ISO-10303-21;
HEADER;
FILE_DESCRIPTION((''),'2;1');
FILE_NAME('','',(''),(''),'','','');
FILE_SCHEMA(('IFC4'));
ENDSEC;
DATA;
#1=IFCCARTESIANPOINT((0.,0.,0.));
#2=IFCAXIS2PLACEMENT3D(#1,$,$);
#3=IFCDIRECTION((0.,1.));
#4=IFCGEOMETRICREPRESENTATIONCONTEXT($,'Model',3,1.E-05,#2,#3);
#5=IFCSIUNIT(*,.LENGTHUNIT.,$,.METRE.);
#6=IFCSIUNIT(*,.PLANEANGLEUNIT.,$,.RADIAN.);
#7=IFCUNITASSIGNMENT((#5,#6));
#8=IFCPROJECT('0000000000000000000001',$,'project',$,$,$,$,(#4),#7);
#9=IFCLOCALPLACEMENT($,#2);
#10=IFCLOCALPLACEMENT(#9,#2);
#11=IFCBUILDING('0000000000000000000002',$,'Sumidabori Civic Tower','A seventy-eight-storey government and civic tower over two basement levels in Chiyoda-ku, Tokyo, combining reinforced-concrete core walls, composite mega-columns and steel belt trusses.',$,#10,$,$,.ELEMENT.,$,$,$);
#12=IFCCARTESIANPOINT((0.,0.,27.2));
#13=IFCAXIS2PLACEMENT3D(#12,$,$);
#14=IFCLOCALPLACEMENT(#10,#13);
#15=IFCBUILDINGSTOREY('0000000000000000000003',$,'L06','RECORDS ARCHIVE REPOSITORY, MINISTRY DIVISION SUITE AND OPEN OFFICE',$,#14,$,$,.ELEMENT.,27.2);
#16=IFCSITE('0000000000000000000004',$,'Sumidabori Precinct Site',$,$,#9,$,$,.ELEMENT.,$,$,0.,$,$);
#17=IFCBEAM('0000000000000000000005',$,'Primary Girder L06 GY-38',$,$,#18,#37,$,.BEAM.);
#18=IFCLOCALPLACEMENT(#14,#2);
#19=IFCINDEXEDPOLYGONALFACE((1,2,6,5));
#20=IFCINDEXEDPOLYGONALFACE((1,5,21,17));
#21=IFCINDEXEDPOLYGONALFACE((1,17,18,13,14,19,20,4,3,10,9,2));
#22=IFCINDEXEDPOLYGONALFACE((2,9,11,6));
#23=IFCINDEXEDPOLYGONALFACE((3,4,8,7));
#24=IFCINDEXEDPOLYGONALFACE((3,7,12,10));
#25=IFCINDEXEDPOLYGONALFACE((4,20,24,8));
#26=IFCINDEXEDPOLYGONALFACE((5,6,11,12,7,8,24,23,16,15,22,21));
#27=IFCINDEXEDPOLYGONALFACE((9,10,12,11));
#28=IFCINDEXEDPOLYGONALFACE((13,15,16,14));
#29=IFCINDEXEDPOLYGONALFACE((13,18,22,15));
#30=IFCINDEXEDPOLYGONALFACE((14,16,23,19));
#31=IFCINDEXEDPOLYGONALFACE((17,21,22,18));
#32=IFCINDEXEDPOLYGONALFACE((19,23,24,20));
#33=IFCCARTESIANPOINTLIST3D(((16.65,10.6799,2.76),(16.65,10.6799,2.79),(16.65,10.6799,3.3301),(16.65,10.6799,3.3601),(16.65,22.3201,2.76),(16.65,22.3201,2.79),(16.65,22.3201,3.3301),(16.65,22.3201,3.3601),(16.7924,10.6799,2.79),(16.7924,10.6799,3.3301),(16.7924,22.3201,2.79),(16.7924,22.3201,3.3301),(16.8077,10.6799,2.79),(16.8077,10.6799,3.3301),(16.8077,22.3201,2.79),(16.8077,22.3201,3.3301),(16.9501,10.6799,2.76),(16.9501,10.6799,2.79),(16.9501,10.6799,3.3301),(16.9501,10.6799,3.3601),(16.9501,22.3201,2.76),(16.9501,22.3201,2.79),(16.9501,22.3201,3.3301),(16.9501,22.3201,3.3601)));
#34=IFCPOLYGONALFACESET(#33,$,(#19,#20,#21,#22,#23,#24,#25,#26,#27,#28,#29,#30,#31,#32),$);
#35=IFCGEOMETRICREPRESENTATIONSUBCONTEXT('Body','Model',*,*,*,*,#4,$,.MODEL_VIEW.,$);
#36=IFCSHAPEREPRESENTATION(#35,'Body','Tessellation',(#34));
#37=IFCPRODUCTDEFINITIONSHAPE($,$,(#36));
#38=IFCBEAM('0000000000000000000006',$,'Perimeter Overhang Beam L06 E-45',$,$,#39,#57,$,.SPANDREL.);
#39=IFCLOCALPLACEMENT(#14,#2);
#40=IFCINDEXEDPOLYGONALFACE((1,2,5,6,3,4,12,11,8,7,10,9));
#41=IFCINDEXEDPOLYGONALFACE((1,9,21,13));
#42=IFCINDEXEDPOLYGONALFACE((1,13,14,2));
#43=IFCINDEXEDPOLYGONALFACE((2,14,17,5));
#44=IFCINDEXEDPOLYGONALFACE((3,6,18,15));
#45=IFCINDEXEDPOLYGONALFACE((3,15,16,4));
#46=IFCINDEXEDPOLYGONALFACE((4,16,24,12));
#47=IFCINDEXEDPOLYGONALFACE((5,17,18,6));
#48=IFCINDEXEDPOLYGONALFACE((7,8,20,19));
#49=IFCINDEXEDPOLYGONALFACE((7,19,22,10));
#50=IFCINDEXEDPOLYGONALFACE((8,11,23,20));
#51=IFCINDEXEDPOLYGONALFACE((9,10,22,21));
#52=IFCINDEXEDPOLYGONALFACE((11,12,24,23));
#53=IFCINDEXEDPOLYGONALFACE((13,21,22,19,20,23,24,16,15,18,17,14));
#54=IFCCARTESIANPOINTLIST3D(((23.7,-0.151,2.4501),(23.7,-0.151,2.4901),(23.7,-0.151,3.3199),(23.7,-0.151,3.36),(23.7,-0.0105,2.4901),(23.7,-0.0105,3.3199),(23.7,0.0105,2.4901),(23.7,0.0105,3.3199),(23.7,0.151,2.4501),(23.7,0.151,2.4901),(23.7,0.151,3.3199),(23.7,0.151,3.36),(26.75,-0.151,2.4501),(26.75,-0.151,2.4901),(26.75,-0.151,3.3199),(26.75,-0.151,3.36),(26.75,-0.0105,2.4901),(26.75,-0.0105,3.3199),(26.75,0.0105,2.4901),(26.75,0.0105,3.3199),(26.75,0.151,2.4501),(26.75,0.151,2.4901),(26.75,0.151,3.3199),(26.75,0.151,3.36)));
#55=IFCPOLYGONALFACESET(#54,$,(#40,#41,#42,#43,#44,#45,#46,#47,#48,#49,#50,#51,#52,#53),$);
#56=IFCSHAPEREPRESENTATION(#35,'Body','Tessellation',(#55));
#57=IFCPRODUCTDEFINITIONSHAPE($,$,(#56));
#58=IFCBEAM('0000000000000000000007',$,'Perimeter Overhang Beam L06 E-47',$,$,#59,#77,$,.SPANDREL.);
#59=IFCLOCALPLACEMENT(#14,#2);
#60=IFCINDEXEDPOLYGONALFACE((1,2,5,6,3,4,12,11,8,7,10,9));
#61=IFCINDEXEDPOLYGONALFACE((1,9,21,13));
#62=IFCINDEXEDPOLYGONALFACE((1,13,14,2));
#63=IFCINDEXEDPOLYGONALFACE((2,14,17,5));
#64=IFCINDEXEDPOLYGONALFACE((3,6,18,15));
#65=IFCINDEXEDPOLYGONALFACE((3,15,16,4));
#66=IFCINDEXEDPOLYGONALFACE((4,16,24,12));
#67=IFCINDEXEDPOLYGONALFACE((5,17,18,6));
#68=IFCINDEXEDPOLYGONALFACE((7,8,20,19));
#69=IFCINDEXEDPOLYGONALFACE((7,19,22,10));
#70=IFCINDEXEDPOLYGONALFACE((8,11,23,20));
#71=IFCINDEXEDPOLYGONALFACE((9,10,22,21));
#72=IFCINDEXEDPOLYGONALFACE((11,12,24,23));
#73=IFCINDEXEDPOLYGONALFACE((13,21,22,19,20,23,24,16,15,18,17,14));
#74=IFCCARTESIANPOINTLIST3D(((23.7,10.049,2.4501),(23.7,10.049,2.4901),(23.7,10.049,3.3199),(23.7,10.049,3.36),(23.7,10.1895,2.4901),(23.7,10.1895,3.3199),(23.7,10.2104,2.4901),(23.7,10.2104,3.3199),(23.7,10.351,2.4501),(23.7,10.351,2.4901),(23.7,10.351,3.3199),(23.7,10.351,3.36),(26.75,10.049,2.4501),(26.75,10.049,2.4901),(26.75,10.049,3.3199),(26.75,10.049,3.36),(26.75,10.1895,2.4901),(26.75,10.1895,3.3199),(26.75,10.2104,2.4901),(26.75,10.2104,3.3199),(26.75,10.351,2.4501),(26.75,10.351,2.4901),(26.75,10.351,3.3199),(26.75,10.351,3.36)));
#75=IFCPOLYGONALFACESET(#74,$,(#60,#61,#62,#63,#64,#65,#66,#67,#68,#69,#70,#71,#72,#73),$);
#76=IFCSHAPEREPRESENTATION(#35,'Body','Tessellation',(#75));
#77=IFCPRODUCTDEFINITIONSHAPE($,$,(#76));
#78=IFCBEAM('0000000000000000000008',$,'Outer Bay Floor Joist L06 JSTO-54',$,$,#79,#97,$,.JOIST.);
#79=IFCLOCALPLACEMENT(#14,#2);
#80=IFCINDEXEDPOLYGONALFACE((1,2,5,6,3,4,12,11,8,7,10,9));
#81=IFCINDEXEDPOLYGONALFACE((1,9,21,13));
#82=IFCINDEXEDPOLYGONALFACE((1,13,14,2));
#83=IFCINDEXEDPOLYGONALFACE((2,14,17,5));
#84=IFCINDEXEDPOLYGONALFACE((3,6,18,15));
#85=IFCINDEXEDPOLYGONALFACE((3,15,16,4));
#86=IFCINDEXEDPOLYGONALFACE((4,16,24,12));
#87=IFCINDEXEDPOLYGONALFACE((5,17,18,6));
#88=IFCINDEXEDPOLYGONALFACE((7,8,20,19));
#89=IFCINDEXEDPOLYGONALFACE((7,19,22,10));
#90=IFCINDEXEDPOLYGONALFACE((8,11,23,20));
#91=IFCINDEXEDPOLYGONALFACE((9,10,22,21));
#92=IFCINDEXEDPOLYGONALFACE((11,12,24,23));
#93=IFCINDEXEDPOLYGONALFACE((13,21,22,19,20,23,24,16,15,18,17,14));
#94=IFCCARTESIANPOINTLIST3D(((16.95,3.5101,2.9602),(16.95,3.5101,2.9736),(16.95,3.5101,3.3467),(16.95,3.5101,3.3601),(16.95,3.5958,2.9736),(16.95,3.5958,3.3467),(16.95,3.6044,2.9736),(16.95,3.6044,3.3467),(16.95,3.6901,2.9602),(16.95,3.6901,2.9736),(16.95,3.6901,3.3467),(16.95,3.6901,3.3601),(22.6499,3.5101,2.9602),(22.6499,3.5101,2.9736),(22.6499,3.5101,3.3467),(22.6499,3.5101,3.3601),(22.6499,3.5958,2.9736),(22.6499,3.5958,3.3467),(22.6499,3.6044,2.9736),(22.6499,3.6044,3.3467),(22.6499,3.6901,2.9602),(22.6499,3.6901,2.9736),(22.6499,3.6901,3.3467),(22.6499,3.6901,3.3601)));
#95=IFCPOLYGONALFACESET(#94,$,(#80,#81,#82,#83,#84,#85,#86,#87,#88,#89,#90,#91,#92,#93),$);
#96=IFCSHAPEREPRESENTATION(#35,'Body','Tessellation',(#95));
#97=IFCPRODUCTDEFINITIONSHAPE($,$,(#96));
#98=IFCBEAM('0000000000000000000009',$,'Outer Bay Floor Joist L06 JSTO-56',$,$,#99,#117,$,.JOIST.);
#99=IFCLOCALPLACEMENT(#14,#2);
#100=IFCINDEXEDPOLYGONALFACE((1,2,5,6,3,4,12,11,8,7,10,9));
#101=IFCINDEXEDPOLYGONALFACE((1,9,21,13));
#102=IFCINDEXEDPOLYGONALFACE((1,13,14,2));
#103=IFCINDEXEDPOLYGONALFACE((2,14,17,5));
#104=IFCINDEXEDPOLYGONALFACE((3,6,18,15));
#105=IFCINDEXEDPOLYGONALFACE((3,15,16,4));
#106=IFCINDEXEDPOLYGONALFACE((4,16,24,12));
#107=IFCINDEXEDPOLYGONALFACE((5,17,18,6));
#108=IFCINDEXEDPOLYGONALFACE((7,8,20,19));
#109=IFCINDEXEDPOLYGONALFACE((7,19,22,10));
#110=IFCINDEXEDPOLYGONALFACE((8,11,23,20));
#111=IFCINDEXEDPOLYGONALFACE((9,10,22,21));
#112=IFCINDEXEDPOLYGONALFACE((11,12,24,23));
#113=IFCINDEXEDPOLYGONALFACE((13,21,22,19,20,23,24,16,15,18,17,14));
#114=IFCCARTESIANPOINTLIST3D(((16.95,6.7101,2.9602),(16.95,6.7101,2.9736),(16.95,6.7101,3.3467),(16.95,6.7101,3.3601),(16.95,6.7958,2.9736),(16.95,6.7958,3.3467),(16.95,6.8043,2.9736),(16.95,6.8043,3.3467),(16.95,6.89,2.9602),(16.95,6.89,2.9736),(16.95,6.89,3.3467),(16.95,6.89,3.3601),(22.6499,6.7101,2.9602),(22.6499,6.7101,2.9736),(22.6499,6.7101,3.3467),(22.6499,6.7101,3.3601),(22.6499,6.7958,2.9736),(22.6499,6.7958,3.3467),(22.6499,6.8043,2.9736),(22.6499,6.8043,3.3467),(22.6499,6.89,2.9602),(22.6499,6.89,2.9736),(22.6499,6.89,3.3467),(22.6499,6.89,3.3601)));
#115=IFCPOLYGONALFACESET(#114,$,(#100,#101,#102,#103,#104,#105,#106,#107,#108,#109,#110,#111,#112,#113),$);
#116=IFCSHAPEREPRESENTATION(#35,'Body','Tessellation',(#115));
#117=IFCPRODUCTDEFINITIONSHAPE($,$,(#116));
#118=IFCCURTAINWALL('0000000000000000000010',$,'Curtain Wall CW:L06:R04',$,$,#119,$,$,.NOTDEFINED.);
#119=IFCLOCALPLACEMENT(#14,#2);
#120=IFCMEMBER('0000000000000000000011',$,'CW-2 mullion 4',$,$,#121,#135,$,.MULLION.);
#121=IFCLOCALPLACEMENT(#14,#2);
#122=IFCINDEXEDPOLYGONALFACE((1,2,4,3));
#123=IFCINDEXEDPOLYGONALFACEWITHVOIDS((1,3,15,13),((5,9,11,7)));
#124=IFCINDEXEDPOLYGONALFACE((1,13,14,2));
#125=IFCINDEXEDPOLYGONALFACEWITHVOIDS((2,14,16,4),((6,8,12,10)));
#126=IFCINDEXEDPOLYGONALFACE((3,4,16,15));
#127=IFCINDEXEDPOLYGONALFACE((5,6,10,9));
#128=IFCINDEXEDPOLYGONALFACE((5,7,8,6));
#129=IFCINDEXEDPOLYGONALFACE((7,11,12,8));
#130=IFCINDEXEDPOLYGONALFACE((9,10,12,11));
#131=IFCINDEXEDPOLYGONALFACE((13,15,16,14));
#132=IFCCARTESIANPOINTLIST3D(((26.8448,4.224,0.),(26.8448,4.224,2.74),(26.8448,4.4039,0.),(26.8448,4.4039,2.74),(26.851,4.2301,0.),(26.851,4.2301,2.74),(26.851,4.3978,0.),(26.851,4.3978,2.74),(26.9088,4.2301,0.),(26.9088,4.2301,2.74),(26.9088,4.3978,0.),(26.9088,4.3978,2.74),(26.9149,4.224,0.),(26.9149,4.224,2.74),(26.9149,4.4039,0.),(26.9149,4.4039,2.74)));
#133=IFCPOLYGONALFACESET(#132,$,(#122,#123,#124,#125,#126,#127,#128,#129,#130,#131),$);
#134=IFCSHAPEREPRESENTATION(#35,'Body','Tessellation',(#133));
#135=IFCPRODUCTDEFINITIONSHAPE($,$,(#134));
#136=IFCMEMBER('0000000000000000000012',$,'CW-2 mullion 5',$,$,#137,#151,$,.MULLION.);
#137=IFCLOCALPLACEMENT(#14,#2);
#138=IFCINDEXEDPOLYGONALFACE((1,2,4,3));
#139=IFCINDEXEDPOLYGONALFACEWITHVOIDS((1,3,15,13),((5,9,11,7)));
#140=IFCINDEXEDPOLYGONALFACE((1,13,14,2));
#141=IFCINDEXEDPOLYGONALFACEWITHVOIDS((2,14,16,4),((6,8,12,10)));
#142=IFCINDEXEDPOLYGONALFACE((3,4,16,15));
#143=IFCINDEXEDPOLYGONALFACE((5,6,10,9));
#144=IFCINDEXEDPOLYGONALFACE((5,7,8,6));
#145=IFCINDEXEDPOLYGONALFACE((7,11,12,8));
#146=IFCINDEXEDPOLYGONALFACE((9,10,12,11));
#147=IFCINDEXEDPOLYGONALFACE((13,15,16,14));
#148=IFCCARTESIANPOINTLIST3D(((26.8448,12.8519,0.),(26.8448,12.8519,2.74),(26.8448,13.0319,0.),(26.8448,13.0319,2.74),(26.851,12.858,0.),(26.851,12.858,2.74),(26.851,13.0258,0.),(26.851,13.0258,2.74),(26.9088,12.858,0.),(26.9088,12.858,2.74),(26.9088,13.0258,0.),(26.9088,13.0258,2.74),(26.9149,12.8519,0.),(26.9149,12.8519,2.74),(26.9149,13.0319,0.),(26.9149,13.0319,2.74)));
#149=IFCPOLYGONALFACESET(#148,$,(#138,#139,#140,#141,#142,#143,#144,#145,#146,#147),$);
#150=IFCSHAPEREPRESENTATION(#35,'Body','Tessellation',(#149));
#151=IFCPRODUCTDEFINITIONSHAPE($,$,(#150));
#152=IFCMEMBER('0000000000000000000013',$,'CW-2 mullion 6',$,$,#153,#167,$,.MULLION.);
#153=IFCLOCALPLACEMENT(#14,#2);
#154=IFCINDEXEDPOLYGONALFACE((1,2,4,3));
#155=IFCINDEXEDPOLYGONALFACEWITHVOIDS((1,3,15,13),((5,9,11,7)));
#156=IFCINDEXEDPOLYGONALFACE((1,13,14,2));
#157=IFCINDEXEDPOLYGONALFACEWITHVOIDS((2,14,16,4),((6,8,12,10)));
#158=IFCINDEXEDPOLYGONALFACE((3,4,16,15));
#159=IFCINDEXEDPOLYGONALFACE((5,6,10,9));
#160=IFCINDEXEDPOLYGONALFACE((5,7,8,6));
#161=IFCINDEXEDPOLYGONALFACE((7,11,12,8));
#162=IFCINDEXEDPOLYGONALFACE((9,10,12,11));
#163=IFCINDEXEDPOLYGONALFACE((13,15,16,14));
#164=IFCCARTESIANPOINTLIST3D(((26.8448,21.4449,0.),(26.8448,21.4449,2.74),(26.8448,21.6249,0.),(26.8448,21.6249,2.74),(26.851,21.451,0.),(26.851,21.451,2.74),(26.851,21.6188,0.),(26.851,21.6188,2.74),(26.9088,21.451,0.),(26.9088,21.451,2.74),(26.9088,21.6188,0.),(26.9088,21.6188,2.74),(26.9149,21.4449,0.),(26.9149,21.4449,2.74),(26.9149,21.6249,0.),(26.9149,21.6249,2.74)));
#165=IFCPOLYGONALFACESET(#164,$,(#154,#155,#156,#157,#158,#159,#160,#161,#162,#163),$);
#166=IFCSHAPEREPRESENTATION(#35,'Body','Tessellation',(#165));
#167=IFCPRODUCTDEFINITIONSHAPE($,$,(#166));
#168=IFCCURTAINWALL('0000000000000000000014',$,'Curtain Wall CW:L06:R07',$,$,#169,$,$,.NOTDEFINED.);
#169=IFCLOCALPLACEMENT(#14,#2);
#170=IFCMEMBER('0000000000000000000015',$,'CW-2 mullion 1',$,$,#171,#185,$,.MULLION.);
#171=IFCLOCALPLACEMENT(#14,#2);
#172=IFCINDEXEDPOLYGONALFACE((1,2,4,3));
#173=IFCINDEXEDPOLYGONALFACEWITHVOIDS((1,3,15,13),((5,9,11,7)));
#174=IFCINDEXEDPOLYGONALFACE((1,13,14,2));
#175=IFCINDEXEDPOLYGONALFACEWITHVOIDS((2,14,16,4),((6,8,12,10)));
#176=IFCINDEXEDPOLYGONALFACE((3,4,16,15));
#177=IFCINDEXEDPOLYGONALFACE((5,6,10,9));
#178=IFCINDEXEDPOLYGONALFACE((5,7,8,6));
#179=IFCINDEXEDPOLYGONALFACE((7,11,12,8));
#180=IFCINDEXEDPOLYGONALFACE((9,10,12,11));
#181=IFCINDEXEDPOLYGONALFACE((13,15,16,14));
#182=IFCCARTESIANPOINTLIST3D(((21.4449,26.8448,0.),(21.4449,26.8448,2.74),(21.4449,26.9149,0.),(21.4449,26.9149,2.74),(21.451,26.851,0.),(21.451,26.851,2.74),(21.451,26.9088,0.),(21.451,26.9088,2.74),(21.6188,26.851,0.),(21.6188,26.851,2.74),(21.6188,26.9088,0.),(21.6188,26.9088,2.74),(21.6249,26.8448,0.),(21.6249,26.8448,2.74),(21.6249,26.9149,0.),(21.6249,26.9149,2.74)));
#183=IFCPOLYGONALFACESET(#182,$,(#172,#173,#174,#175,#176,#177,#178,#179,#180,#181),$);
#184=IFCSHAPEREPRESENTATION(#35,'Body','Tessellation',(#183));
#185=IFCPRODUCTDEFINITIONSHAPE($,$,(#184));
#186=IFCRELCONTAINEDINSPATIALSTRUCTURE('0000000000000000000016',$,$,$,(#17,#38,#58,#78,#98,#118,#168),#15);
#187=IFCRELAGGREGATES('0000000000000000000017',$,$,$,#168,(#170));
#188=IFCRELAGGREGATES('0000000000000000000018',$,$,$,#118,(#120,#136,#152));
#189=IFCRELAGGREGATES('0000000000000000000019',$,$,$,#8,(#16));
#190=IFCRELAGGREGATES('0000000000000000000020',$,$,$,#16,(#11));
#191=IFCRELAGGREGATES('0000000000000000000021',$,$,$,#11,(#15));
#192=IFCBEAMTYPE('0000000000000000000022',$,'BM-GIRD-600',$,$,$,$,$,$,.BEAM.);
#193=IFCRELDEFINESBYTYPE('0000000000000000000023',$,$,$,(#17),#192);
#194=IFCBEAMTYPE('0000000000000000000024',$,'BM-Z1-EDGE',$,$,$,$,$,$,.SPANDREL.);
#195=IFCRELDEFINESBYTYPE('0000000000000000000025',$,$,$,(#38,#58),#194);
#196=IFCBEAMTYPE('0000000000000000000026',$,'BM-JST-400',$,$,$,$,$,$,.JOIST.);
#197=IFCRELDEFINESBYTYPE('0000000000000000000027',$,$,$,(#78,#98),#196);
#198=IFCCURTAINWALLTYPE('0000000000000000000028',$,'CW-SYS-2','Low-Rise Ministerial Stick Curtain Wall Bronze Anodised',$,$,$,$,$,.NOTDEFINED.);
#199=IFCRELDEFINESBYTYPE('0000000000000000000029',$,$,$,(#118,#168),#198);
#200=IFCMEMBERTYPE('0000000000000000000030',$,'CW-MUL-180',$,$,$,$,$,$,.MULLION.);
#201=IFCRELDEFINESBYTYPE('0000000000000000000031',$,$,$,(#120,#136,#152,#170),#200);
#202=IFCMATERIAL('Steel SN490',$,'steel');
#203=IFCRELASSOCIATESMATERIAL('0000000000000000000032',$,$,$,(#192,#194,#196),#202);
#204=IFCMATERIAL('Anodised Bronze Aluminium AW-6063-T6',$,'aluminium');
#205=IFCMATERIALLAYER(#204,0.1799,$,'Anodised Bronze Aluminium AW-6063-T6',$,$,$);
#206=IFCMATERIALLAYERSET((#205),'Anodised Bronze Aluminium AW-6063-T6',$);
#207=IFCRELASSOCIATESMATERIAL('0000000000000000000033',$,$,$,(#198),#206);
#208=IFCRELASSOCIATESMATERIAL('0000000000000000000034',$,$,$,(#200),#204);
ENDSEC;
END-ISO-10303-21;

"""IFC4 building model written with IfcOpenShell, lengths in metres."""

from ifc_helpers import new_model, si_unit, direction, frame, origin, origin_2d, place, context, subcontext, project, spatial, hollow_rectangle, i_section, extrude, source, transform, mapped, material, layer, layer_set, material_profile, profile_set, type_object, element, aggregate, save


model = new_model("IFC4")

# Units and contexts
model_context = context("Model", 3, precision=1e-05, world=origin(), true_north=direction((0.0, 1.0)))
body_context = subcontext(model_context, "Body", "Model", "MODEL_VIEW")
ifc_project = project(units=[si_unit("LENGTHUNIT", "METRE"), si_unit("PLANEANGLEUNIT", "RADIAN")], contexts=[model_context])

# Site, building, storey
site_placement = place(None, origin())
site = spatial("IfcSite", under=ifc_project, at=site_placement, Name="Sumidabori Precinct Site", CompositionType="ELEMENT", RefElevation=0.0)
building_placement = place(site_placement, origin())
building = spatial("IfcBuilding", under=site, at=building_placement, Name="Sumidabori Civic Tower", Description="A seventy-eight-storey government and civic tower over two basement levels in Chiyoda-ku, Tokyo, combining reinforced-concrete core walls, composite mega-columns and steel belt trusses.", CompositionType="ELEMENT")
storey_placement = place(building_placement, frame((0.0, 0.0, 27.2)))
storey = spatial("IfcBuildingStorey", under=building, at=storey_placement, Name="L06", Description="RECORDS ARCHIVE REPOSITORY, MINISTRY DIVISION SUITE AND OPEN OFFICE", CompositionType="ELEMENT", Elevation=27.2)

# Beams
ifc_material_1 = material(Name="Steel SN490", Category="steel")
ifc_material_profile_1 = material_profile(ifc_material_1, i_section(OverallWidth=0.3, OverallDepth=0.6001, WebThickness=0.0154, FlangeThickness=0.03, at=origin_2d()), Name="HE 600 B")
ifc_profile_set_1 = profile_set([ifc_material_profile_1], Name="Steel SN490")
beam_type_1 = type_object("IfcBeamType", Name="BM-GIRD-600", PredefinedType="BEAM", material=ifc_profile_set_1)
shared_shape_1 = source(origin(), body_context, "Body", "SweptSolid", [
    extrude(i_section(OverallWidth=0.3, OverallDepth=0.6001, WebThickness=0.0154, FlangeThickness=0.03, at=origin_2d()), origin(), (0.0, 0.0, 1.0), 11.6401),
])
beam_1_placement = place(storey_placement, frame((16.8, 10.6799, 3.0601), z_axis=(0.0, 1.0, 0.0), x_axis=(-1.0, 0.0, 0.0)))
element("IfcBeam", 1, at=beam_1_placement, inside=storey, type_object=beam_type_1, Name="Primary Girder L06 GY-38", PredefinedType="BEAM", context=body_context, shape_type="MappedRepresentation", body=[
    mapped(shared_shape_1, transform((0.0, 0.0, 0.0), x_axis=(1.0, 0.0, 0.0), y_axis=(0.0, 1.0, 0.0), z_axis=(0.0, 0.0, 1.0), scale=1.0)),
])
ifc_material_profile_2 = material_profile(ifc_material_1, i_section(OverallWidth=0.302, OverallDepth=0.9099, WebThickness=0.021, FlangeThickness=0.04, at=origin_2d()), Name="HE 900 M")
ifc_profile_set_2 = profile_set([ifc_material_profile_2], Name="Steel SN490")
beam_type_2 = type_object("IfcBeamType", Name="BM-Z1-EDGE", PredefinedType="SPANDREL", material=ifc_profile_set_2)
shared_shape_2 = source(origin(), body_context, "Body", "SweptSolid", [
    extrude(i_section(OverallWidth=0.302, OverallDepth=0.9099, WebThickness=0.021, FlangeThickness=0.04, at=origin_2d()), origin(), (0.0, 0.0, 1.0), 3.05),
])
for number, where, z_axis, x_axis, name in (
    (2, (23.7, 0.0, 2.905), (1.0, 0.0, 0.0), (0.0, 1.0, 0.0), "Perimeter Overhang Beam L06 E-45"),
    (3, (23.7, 10.2, 2.905), (1.0, 0.0, 0.0), (0.0, 1.0, 0.0), "Perimeter Overhang Beam L06 E-47"),
):
    element("IfcBeam", number, at=place(storey_placement, frame(where, z_axis=z_axis, x_axis=x_axis)), inside=storey, type_object=beam_type_2, Name=name, PredefinedType="SPANDREL", context=body_context, shape_type="MappedRepresentation", body=[
        mapped(shared_shape_2, transform((0.0, 0.0, 0.0), x_axis=(1.0, 0.0, 0.0), y_axis=(0.0, 1.0, 0.0), z_axis=(0.0, 0.0, 1.0), scale=1.0)),
    ])
ifc_material_profile_3 = material_profile(ifc_material_1, i_section(OverallWidth=0.1799, OverallDepth=0.3999, WebThickness=0.0085, FlangeThickness=0.0134, at=origin_2d()), Name="IPE 400")
ifc_profile_set_3 = profile_set([ifc_material_profile_3], Name="Steel SN490")
beam_type_3 = type_object("IfcBeamType", Name="BM-JST-400", PredefinedType="JOIST", material=ifc_profile_set_3)
shared_shape_3 = source(origin(), body_context, "Body", "SweptSolid", [
    extrude(i_section(OverallWidth=0.1799, OverallDepth=0.3999, WebThickness=0.0085, FlangeThickness=0.0134, at=origin_2d()), origin(), (0.0, 0.0, 1.0), 5.7),
])
for number, where, z_axis, x_axis, name in (
    (4, (16.95, 3.6001, 3.1602), (1.0, 0.0, 0.0), (0.0, 1.0, 0.0), "Outer Bay Floor Joist L06 JSTO-54"),
    (5, (16.95, 6.8, 3.1602), (1.0, 0.0, 0.0), (0.0, 1.0, 0.0), "Outer Bay Floor Joist L06 JSTO-56"),
):
    element("IfcBeam", number, at=place(storey_placement, frame(where, z_axis=z_axis, x_axis=x_axis)), inside=storey, type_object=beam_type_3, Name=name, PredefinedType="JOIST", context=body_context, shape_type="MappedRepresentation", body=[
        mapped(shared_shape_3, transform((0.0, 0.0, 0.0), x_axis=(1.0, 0.0, 0.0), y_axis=(0.0, 1.0, 0.0), z_axis=(0.0, 0.0, 1.0), scale=1.0)),
    ])

# Curtain wall, members
ifc_material_2 = material(Name="Anodised Bronze Aluminium AW-6063-T6", Category="aluminium")
ifc_layer_1 = layer(ifc_material_2, 0.1799, Name="Anodised Bronze Aluminium AW-6063-T6")
ifc_layer_set_1 = layer_set([ifc_layer_1], Name="Anodised Bronze Aluminium AW-6063-T6")
curtain_wall_type = type_object("IfcCurtainWallType", Name="CW-SYS-2", Description="Low-Rise Ministerial Stick Curtain Wall Bronze Anodised", PredefinedType="NOTDEFINED", material=ifc_layer_set_1)
curtain_wall_1_placement = place(storey_placement, origin())
curtain_wall_1 = element("IfcCurtainWall", 6, at=curtain_wall_1_placement, inside=storey, type_object=curtain_wall_type, Name="Curtain Wall CW:L06:R04", PredefinedType="NOTDEFINED")
ifc_material_profile_4 = material_profile(ifc_material_2, hollow_rectangle(XDim=0.0701, YDim=0.1799, WallThickness=0.0061, at=origin_2d()), Name="ALU MULLION 180x70")
ifc_profile_set_4 = profile_set([ifc_material_profile_4], Name="Anodised Bronze Aluminium AW-6063-T6")
member_type_1 = type_object("IfcMemberType", Name="CW-MUL-180", PredefinedType="MULLION", material=ifc_profile_set_4)
shared_shape_4 = source(origin(), body_context, "Body", "SweptSolid", [
    extrude(hollow_rectangle(XDim=0.0701, YDim=0.1799, WallThickness=0.0061, at=origin_2d()), origin(), (0.0, 0.0, 1.0), 2.74),
])
member_1_placement = place(storey_placement, frame((26.8799, 4.314, 0.0), z_axis=(0.0, 0.0, 1.0), x_axis=(-1.0, 0.0, 0.0)))
member_1 = element("IfcMember", 7, at=member_1_placement, type_object=member_type_1, Name="CW-2 mullion 4", PredefinedType="MULLION", context=body_context, shape_type="MappedRepresentation", body=[
    mapped(shared_shape_4, transform((0.0, 0.0, 0.0), x_axis=(1.0, 0.0, 0.0), y_axis=(0.0, 1.0, 0.0), z_axis=(0.0, 0.0, 1.0), scale=1.0)),
])
member_2_placement = place(storey_placement, frame((26.8799, 12.9419, 0.0), z_axis=(0.0, 0.0, 1.0), x_axis=(-1.0, 0.0, 0.0)))
member_2 = element("IfcMember", 8, at=member_2_placement, type_object=member_type_1, Name="CW-2 mullion 5", PredefinedType="MULLION", context=body_context, shape_type="MappedRepresentation", body=[
    mapped(shared_shape_4, transform((0.0, 0.0, 0.0), x_axis=(1.0, 0.0, 0.0), y_axis=(0.0, 1.0, 0.0), z_axis=(0.0, 0.0, 1.0), scale=1.0)),
])
member_3_placement = place(storey_placement, frame((26.8799, 21.5349, 0.0), z_axis=(0.0, 0.0, 1.0), x_axis=(-1.0, 0.0, 0.0)))
member_3 = element("IfcMember", 9, at=member_3_placement, type_object=member_type_1, Name="CW-2 mullion 6", PredefinedType="MULLION", context=body_context, shape_type="MappedRepresentation", body=[
    mapped(shared_shape_4, transform((0.0, 0.0, 0.0), x_axis=(1.0, 0.0, 0.0), y_axis=(0.0, 1.0, 0.0), z_axis=(0.0, 0.0, 1.0), scale=1.0)),
])

# Curtain wall, member
curtain_wall_2_placement = place(storey_placement, origin())
curtain_wall_2 = element("IfcCurtainWall", 10, at=curtain_wall_2_placement, inside=storey, type_object=curtain_wall_type, Name="Curtain Wall CW:L06:R07", PredefinedType="NOTDEFINED")
member_4_placement = place(storey_placement, frame((21.5349, 26.8799, 0.0), z_axis=(0.0, 0.0, 1.0), x_axis=(0.0, -1.0, 0.0)))
member_4 = element("IfcMember", 11, at=member_4_placement, type_object=member_type_1, Name="CW-2 mullion 1", PredefinedType="MULLION", context=body_context, shape_type="MappedRepresentation", body=[
    mapped(shared_shape_4, transform((0.0, 0.0, 0.0), x_axis=(1.0, 0.0, 0.0), y_axis=(0.0, 1.0, 0.0), z_axis=(0.0, 0.0, 1.0), scale=1.0)),
])

aggregate(curtain_wall_2, [member_4])
aggregate(curtain_wall_1, [member_1, member_2, member_3])

save(model, "model.ifc")
